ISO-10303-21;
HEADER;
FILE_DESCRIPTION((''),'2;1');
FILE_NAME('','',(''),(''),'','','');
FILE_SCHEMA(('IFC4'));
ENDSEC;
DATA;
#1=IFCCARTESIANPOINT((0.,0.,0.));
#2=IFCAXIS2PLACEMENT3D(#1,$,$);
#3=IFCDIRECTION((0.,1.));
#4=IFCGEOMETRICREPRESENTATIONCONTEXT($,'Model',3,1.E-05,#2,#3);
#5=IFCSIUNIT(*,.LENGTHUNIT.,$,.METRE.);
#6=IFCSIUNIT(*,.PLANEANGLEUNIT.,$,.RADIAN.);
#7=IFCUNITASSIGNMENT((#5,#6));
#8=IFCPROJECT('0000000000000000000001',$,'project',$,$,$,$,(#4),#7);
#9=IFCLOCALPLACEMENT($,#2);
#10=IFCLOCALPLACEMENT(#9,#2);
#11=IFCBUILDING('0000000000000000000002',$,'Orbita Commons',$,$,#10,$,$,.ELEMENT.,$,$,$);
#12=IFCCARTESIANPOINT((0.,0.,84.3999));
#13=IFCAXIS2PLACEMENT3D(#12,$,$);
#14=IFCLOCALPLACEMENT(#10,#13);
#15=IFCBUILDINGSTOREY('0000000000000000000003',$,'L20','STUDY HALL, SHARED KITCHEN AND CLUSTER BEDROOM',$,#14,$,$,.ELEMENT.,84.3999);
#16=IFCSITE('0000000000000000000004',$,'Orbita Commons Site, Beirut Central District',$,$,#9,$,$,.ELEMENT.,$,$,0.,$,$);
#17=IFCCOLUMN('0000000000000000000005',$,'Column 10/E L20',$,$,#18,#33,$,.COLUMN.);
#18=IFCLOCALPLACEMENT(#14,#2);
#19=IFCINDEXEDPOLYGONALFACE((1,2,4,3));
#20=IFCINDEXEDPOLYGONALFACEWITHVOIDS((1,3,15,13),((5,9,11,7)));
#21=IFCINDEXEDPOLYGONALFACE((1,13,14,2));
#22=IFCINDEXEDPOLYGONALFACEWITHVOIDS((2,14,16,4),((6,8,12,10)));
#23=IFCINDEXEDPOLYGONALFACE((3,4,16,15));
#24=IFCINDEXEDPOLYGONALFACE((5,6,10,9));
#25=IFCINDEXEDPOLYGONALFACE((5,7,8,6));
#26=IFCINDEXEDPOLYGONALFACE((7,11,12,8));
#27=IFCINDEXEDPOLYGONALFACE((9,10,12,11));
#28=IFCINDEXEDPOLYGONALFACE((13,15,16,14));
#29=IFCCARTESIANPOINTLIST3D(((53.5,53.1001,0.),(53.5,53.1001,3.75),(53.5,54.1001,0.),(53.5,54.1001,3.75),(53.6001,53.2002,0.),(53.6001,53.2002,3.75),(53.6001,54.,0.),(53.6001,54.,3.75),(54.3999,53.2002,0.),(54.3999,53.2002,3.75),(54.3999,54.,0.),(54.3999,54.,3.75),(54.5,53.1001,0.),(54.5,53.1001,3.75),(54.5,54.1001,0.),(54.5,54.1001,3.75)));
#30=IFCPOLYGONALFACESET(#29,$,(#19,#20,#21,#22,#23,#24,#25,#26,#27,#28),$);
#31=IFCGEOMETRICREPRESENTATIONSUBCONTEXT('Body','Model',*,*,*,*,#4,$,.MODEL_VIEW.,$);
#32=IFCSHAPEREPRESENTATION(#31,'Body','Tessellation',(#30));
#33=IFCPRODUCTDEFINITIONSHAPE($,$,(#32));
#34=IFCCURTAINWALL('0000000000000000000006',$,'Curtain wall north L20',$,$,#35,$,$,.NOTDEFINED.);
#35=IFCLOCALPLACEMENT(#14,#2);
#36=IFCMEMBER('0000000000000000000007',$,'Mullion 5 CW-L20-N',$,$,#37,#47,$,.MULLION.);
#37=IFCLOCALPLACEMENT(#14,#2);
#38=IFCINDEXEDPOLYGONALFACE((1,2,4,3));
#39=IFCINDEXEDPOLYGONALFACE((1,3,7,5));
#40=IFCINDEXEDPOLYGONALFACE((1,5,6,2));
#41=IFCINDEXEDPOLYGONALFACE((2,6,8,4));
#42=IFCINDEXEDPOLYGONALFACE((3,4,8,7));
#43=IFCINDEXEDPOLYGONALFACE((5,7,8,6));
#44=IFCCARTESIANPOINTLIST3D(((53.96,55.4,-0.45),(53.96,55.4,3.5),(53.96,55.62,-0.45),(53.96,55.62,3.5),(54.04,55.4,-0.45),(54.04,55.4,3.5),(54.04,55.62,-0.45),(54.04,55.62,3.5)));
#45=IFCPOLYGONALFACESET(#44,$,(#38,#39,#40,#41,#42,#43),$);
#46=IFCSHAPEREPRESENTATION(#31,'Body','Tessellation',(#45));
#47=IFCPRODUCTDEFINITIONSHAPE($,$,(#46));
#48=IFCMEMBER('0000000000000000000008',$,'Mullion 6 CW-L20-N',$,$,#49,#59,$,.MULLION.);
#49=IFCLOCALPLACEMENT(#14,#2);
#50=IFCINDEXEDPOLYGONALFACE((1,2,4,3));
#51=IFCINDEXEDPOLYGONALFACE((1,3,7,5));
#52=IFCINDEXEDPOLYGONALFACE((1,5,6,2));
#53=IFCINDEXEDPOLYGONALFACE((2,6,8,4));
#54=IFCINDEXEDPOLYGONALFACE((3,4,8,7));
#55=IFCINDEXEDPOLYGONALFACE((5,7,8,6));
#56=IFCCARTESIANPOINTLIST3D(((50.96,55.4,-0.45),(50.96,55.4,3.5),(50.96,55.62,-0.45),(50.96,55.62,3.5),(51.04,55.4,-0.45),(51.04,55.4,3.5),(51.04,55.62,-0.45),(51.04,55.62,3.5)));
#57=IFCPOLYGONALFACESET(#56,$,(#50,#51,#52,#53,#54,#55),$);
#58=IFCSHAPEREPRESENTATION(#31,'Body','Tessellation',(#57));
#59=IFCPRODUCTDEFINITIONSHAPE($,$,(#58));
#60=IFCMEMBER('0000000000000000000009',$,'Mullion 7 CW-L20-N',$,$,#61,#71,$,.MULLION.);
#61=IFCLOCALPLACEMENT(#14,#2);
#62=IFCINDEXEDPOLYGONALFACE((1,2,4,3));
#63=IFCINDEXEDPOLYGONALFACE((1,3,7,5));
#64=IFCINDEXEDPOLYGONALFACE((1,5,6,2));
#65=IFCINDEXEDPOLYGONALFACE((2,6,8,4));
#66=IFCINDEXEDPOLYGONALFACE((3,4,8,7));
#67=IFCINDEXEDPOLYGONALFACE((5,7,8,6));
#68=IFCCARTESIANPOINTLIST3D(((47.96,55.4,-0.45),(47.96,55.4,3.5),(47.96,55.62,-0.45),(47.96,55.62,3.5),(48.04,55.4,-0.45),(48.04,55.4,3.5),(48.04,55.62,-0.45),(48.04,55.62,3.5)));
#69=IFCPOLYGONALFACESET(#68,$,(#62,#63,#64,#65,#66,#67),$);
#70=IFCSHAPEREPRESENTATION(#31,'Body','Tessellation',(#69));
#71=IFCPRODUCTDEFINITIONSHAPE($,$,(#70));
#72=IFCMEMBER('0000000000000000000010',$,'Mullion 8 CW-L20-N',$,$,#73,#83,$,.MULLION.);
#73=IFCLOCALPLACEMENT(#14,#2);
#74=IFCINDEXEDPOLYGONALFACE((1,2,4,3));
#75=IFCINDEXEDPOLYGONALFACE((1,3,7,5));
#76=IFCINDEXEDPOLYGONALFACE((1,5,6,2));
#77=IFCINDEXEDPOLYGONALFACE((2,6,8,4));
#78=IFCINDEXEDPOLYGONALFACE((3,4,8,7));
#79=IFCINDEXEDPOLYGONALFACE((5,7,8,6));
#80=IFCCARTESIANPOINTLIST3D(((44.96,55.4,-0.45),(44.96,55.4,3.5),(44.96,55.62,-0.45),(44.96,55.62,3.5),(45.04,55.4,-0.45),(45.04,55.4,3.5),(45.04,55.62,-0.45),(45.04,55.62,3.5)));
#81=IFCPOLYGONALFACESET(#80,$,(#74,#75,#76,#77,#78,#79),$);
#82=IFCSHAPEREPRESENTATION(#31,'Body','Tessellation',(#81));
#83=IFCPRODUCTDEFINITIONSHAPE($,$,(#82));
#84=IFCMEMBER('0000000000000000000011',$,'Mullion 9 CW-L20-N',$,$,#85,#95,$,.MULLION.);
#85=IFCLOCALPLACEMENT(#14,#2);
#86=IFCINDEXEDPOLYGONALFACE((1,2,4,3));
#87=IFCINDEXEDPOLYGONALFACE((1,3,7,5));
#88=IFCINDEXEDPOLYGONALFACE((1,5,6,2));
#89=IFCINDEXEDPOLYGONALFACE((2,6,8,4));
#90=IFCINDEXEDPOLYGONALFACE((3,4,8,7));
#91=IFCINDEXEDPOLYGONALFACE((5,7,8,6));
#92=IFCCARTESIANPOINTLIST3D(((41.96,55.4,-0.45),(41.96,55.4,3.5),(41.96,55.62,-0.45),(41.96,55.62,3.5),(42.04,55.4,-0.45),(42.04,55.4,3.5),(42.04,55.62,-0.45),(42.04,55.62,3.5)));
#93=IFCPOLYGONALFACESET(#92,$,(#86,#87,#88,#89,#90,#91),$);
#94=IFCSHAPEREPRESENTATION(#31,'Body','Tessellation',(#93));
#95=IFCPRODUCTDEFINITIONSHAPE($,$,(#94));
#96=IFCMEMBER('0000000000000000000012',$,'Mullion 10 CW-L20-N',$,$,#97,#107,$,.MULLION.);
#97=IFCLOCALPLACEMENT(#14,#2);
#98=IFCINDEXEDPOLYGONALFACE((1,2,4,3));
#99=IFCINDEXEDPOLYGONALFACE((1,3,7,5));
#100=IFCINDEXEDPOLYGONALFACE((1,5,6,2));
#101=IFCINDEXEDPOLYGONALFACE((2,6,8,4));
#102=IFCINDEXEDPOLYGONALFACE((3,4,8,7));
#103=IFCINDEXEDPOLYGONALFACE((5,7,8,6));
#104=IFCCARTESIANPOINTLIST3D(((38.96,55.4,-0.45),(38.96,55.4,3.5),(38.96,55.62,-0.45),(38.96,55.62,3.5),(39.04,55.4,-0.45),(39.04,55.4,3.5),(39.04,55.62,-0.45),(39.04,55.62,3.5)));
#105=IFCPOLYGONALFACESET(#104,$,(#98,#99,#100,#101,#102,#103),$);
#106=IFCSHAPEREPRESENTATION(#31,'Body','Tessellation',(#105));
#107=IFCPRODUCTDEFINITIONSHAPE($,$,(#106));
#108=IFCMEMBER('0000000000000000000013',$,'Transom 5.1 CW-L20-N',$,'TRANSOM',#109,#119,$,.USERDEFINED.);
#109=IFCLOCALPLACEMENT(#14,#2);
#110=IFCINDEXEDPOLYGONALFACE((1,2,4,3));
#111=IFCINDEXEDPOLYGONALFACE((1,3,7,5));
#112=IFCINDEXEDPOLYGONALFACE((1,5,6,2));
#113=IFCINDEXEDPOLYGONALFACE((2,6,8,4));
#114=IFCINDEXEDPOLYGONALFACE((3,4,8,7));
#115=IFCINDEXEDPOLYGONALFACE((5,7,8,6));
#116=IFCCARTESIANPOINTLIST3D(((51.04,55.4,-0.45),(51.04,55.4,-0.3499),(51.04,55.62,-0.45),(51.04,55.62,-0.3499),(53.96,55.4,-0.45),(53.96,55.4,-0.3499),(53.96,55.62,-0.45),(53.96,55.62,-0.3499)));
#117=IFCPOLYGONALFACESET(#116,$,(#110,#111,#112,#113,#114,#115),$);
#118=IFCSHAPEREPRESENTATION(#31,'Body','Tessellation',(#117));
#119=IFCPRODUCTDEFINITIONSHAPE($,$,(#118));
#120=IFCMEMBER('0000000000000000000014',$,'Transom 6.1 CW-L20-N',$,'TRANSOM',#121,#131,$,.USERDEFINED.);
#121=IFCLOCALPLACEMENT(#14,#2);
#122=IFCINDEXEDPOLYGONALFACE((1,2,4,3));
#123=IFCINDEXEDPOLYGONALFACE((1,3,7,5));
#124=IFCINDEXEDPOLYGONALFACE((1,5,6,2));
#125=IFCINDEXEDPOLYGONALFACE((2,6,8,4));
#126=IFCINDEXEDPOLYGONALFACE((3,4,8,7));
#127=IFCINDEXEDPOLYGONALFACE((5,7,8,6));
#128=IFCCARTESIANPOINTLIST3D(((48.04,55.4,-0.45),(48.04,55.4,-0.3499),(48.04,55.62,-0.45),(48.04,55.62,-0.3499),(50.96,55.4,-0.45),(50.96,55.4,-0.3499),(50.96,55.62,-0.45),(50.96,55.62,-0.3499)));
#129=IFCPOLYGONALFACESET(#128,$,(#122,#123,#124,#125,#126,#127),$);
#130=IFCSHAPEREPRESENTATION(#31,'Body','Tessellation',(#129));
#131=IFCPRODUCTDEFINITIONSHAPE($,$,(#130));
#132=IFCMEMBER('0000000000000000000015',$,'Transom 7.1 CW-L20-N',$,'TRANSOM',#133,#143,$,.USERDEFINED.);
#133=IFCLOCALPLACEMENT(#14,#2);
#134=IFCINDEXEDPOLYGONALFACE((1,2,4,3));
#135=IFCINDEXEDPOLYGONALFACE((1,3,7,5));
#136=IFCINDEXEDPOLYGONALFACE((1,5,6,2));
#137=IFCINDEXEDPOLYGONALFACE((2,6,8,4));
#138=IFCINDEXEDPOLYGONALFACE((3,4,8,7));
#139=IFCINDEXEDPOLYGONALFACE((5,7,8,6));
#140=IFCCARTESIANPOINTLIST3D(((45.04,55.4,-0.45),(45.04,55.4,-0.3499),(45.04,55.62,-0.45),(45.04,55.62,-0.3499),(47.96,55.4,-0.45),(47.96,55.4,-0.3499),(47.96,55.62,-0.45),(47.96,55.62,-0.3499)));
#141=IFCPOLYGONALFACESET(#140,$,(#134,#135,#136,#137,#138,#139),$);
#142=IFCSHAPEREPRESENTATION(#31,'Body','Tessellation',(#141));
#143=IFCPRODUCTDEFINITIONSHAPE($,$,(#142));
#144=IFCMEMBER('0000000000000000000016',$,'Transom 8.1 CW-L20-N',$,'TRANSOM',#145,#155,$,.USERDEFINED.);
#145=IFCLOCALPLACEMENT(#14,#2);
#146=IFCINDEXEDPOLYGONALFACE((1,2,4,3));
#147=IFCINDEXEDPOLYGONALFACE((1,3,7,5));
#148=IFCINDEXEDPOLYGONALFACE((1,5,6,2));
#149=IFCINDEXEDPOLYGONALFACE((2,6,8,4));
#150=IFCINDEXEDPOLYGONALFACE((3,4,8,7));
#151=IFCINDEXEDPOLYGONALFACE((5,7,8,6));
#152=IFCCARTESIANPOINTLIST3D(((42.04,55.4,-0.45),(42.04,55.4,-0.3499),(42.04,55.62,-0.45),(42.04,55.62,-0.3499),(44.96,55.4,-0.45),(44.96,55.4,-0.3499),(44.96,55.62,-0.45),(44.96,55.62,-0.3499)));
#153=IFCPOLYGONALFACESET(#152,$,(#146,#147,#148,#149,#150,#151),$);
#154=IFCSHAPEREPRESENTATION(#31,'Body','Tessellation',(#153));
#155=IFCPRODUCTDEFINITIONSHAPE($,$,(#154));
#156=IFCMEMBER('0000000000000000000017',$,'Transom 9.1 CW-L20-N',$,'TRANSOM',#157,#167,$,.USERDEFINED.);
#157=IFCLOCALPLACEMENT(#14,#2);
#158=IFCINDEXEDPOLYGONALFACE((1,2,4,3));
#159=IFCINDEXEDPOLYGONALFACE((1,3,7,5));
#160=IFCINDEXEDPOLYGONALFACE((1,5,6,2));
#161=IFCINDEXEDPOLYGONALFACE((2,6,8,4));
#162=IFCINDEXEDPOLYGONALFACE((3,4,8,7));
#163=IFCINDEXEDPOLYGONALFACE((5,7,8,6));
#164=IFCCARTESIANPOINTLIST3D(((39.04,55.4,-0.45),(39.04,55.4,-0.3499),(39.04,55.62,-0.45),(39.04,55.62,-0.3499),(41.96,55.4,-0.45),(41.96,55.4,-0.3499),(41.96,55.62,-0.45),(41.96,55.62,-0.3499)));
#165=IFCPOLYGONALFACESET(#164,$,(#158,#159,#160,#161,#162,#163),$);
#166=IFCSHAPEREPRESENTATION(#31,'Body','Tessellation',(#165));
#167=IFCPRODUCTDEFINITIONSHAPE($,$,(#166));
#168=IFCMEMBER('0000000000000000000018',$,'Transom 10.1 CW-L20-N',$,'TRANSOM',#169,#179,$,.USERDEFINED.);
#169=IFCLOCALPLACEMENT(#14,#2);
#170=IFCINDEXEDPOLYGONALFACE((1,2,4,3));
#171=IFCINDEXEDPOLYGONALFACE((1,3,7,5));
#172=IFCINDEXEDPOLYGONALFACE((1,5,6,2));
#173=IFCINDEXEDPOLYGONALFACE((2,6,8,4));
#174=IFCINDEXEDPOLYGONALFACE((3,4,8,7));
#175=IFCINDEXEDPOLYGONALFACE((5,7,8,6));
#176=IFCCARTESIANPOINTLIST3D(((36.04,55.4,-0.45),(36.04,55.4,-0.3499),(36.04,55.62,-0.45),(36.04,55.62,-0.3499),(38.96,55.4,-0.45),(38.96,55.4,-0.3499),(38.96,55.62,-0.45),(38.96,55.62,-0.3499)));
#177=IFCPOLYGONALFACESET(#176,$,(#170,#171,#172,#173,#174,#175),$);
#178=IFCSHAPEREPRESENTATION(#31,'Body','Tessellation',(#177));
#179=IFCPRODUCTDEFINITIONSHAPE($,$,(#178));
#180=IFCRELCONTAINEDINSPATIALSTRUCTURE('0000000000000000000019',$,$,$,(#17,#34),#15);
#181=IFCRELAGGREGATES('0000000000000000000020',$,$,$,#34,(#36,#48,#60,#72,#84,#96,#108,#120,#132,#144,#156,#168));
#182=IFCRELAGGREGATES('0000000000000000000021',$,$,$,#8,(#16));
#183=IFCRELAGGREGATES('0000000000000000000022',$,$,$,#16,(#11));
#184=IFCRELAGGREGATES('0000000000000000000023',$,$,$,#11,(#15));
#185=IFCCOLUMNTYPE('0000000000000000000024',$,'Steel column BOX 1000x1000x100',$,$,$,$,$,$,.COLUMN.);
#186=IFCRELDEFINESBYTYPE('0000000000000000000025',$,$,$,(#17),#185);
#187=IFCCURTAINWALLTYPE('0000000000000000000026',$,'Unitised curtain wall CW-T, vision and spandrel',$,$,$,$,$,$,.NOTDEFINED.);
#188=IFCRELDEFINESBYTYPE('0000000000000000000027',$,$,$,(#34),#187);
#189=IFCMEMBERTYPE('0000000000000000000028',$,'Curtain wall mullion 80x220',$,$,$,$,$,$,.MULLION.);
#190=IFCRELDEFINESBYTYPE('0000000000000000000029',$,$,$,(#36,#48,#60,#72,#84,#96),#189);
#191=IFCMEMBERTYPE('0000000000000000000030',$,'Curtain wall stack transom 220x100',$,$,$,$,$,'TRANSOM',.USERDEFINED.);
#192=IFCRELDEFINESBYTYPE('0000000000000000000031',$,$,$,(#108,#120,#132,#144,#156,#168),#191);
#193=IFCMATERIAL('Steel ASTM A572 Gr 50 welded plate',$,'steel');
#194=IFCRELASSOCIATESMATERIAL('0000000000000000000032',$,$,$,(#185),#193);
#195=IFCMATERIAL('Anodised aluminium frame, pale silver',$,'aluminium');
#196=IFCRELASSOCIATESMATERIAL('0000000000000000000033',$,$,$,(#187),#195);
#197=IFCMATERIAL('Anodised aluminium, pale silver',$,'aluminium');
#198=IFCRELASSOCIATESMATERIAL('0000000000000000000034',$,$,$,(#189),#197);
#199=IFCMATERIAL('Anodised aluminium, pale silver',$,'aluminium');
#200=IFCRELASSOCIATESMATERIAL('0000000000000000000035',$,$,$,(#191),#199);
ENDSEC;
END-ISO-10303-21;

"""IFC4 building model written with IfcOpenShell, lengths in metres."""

from ifc_helpers import new_model, si_unit, direction, frame, origin, origin_2d, place, context, subcontext, project, spatial, rectangle, hollow_rectangle, extrude, material, material_profile, profile_set, type_object, element, aggregate, save


model = new_model("IFC4")

# Units and contexts
model_context = context("Model", 3, precision=1e-05, world=origin(), true_north=direction((0.0, 1.0)))
body_context = subcontext(model_context, "Body", "Model", "MODEL_VIEW")
ifc_project = project(units=[si_unit("LENGTHUNIT", "METRE"), si_unit("PLANEANGLEUNIT", "RADIAN")], contexts=[model_context])

# Site, building, storey
site_placement = place(None, origin())
site = spatial("IfcSite", under=ifc_project, at=site_placement, Name="Orbita Commons Site, Beirut Central District", CompositionType="ELEMENT", RefElevation=0.0)
building_placement = place(site_placement, origin())
building = spatial("IfcBuilding", under=site, at=building_placement, Name="Orbita Commons", CompositionType="ELEMENT")
storey_placement = place(building_placement, frame((0.0, 0.0, 84.3999)))
storey = spatial("IfcBuildingStorey", under=building, at=storey_placement, Name="L20", Description="STUDY HALL, SHARED KITCHEN AND CLUSTER BEDROOM", CompositionType="ELEMENT", Elevation=84.3999)

# Column
ifc_material_1 = material(Name="Steel ASTM A572 Gr 50 welded plate", Category="steel")
ifc_material_profile_1 = material_profile(ifc_material_1, hollow_rectangle(XDim=1.0, YDim=1.0, WallThickness=0.1001, at=origin_2d()), Name="BOX 1000x1000x100")
ifc_profile_set_1 = profile_set([ifc_material_profile_1], Name="Steel ASTM A572 Gr 50 welded plate")
column_type = type_object("IfcColumnType", Name="Steel column BOX 1000x1000x100", PredefinedType="COLUMN", material=ifc_profile_set_1)
column_placement = place(storey_placement, frame((54.0, 53.6001, 0.0), z_axis=(0.0, 0.0, 1.0), x_axis=(1.0, 0.0, 0.0)))
element("IfcColumn", 1, at=column_placement, inside=storey, type_object=column_type, Name="Column 10/E L20", PredefinedType="COLUMN", context=body_context, shape_type="SweptSolid", body=[
    extrude(hollow_rectangle(XDim=1.0, YDim=1.0, WallThickness=0.1001, at=origin_2d()), origin(), (0.0, 0.0, 1.0), 3.75),
])

# Curtain wall, members
ifc_material_2 = material(Name="Anodised aluminium frame, pale silver", Category="aluminium")
curtain_wall_type = type_object("IfcCurtainWallType", Name="Unitised curtain wall CW-T, vision and spandrel", PredefinedType="NOTDEFINED", material=ifc_material_2)
curtain_wall_placement = place(storey_placement, origin())
curtain_wall = element("IfcCurtainWall", 2, at=curtain_wall_placement, inside=storey, type_object=curtain_wall_type, Name="Curtain wall north L20", PredefinedType="NOTDEFINED")
ifc_material_3 = material(Name="Anodised aluminium, pale silver", Category="aluminium")
ifc_material_profile_2 = material_profile(ifc_material_3, rectangle(XDim=0.0801, YDim=0.22, at=origin_2d()), Name="AL 80x220")
ifc_profile_set_2 = profile_set([ifc_material_profile_2], Name="Anodised aluminium, pale silver")
member_type_1 = type_object("IfcMemberType", Name="Curtain wall mullion 80x220", PredefinedType="MULLION", material=ifc_profile_set_2)
member_1_placement = place(storey_placement, frame((54.0, 55.51, -0.45), z_axis=(0.0, 0.0, 1.0), x_axis=(-1.0, 0.0, 0.0)))
member_1 = element("IfcMember", 3, at=member_1_placement, type_object=member_type_1, Name="Mullion 5 CW-L20-N", PredefinedType="MULLION", context=body_context, shape_type="SweptSolid", body=[
    extrude(rectangle(XDim=0.0801, YDim=0.22, at=origin_2d()), origin(), (0.0, 0.0, 1.0), 3.95),
])
member_2_placement = place(storey_placement, frame((51.0, 55.51, -0.45), z_axis=(0.0, 0.0, 1.0), x_axis=(-1.0, 0.0, 0.0)))
member_2 = element("IfcMember", 4, at=member_2_placement, type_object=member_type_1, Name="Mullion 6 CW-L20-N", PredefinedType="MULLION", context=body_context, shape_type="SweptSolid", body=[
    extrude(rectangle(XDim=0.0801, YDim=0.22, at=origin_2d()), origin(), (0.0, 0.0, 1.0), 3.95),
])
member_3_placement = place(storey_placement, frame((48.0, 55.51, -0.45), z_axis=(0.0, 0.0, 1.0), x_axis=(-1.0, 0.0, 0.0)))
member_3 = element("IfcMember", 5, at=member_3_placement, type_object=member_type_1, Name="Mullion 7 CW-L20-N", PredefinedType="MULLION", context=body_context, shape_type="SweptSolid", body=[
    extrude(rectangle(XDim=0.0801, YDim=0.22, at=origin_2d()), origin(), (0.0, 0.0, 1.0), 3.95),
])
member_4_placement = place(storey_placement, frame((45.0, 55.51, -0.45), z_axis=(0.0, 0.0, 1.0), x_axis=(-1.0, 0.0, 0.0)))
member_4 = element("IfcMember", 6, at=member_4_placement, type_object=member_type_1, Name="Mullion 8 CW-L20-N", PredefinedType="MULLION", context=body_context, shape_type="SweptSolid", body=[
    extrude(rectangle(XDim=0.0801, YDim=0.22, at=origin_2d()), origin(), (0.0, 0.0, 1.0), 3.95),
])
member_5_placement = place(storey_placement, frame((42.0, 55.51, -0.45), z_axis=(0.0, 0.0, 1.0), x_axis=(-1.0, 0.0, 0.0)))
member_5 = element("IfcMember", 7, at=member_5_placement, type_object=member_type_1, Name="Mullion 9 CW-L20-N", PredefinedType="MULLION", context=body_context, shape_type="SweptSolid", body=[
    extrude(rectangle(XDim=0.0801, YDim=0.22, at=origin_2d()), origin(), (0.0, 0.0, 1.0), 3.95),
])
member_6_placement = place(storey_placement, frame((39.0, 55.51, -0.45), z_axis=(0.0, 0.0, 1.0), x_axis=(-1.0, 0.0, 0.0)))
member_6 = element("IfcMember", 8, at=member_6_placement, type_object=member_type_1, Name="Mullion 10 CW-L20-N", PredefinedType="MULLION", context=body_context, shape_type="SweptSolid", body=[
    extrude(rectangle(XDim=0.0801, YDim=0.22, at=origin_2d()), origin(), (0.0, 0.0, 1.0), 3.95),
])
ifc_material_4 = material(Name="Anodised aluminium, pale silver", Category="aluminium")
ifc_material_profile_3 = material_profile(ifc_material_4, rectangle(XDim=0.22, YDim=0.1001, at=origin_2d()), Name="AL 220x100")
ifc_profile_set_3 = profile_set([ifc_material_profile_3], Name="Anodised aluminium, pale silver")
member_type_2 = type_object("IfcMemberType", Name="Curtain wall stack transom 220x100", ElementType="TRANSOM", PredefinedType="USERDEFINED", material=ifc_profile_set_3)
member_7_placement = place(storey_placement, frame((53.96, 55.51, -0.3999), z_axis=(-1.0, 0.0, 0.0), x_axis=(0.0, -1.0, 0.0)))
member_7 = element("IfcMember", 9, at=member_7_placement, type_object=member_type_2, Name="Transom 5.1 CW-L20-N", ObjectType="TRANSOM", PredefinedType="USERDEFINED", context=body_context, shape_type="SweptSolid", body=[
    extrude(rectangle(XDim=0.22, YDim=0.1001, at=origin_2d()), origin(), (0.0, 0.0, 1.0), 2.9199),
])
member_8_placement = place(storey_placement, frame((50.96, 55.51, -0.3999), z_axis=(-1.0, 0.0, 0.0), x_axis=(0.0, -1.0, 0.0)))
member_8 = element("IfcMember", 10, at=member_8_placement, type_object=member_type_2, Name="Transom 6.1 CW-L20-N", ObjectType="TRANSOM", PredefinedType="USERDEFINED", context=body_context, shape_type="SweptSolid", body=[
    extrude(rectangle(XDim=0.22, YDim=0.1001, at=origin_2d()), origin(), (0.0, 0.0, 1.0), 2.9199),
])
member_9_placement = place(storey_placement, frame((47.96, 55.51, -0.3999), z_axis=(-1.0, 0.0, 0.0), x_axis=(0.0, -1.0, 0.0)))
member_9 = element("IfcMember", 11, at=member_9_placement, type_object=member_type_2, Name="Transom 7.1 CW-L20-N", ObjectType="TRANSOM", PredefinedType="USERDEFINED", context=body_context, shape_type="SweptSolid", body=[
    extrude(rectangle(XDim=0.22, YDim=0.1001, at=origin_2d()), origin(), (0.0, 0.0, 1.0), 2.9199),
])
member_10_placement = place(storey_placement, frame((44.96, 55.51, -0.3999), z_axis=(-1.0, 0.0, 0.0), x_axis=(0.0, -1.0, 0.0)))
member_10 = element("IfcMember", 12, at=member_10_placement, type_object=member_type_2, Name="Transom 8.1 CW-L20-N", ObjectType="TRANSOM", PredefinedType="USERDEFINED", context=body_context, shape_type="SweptSolid", body=[
    extrude(rectangle(XDim=0.22, YDim=0.1001, at=origin_2d()), origin(), (0.0, 0.0, 1.0), 2.9199),
])
member_11_placement = place(storey_placement, frame((41.96, 55.51, -0.3999), z_axis=(-1.0, 0.0, 0.0), x_axis=(0.0, -1.0, 0.0)))
member_11 = element("IfcMember", 13, at=member_11_placement, type_object=member_type_2, Name="Transom 9.1 CW-L20-N", ObjectType="TRANSOM", PredefinedType="USERDEFINED", context=body_context, shape_type="SweptSolid", body=[
    extrude(rectangle(XDim=0.22, YDim=0.1001, at=origin_2d()), origin(), (0.0, 0.0, 1.0), 2.9199),
])
member_12_placement = place(storey_placement, frame((38.96, 55.51, -0.3999), z_axis=(-1.0, 0.0, 0.0), x_axis=(0.0, -1.0, 0.0)))
member_12 = element("IfcMember", 14, at=member_12_placement, type_object=member_type_2, Name="Transom 10.1 CW-L20-N", ObjectType="TRANSOM", PredefinedType="USERDEFINED", context=body_context, shape_type="SweptSolid", body=[
    extrude(rectangle(XDim=0.22, YDim=0.1001, at=origin_2d()), origin(), (0.0, 0.0, 1.0), 2.9199),
])

aggregate(curtain_wall, [member_1, member_2, member_3, member_4, member_5, member_6, member_7, member_8, member_9, member_10, member_11, member_12])

save(model, "model.ifc")
